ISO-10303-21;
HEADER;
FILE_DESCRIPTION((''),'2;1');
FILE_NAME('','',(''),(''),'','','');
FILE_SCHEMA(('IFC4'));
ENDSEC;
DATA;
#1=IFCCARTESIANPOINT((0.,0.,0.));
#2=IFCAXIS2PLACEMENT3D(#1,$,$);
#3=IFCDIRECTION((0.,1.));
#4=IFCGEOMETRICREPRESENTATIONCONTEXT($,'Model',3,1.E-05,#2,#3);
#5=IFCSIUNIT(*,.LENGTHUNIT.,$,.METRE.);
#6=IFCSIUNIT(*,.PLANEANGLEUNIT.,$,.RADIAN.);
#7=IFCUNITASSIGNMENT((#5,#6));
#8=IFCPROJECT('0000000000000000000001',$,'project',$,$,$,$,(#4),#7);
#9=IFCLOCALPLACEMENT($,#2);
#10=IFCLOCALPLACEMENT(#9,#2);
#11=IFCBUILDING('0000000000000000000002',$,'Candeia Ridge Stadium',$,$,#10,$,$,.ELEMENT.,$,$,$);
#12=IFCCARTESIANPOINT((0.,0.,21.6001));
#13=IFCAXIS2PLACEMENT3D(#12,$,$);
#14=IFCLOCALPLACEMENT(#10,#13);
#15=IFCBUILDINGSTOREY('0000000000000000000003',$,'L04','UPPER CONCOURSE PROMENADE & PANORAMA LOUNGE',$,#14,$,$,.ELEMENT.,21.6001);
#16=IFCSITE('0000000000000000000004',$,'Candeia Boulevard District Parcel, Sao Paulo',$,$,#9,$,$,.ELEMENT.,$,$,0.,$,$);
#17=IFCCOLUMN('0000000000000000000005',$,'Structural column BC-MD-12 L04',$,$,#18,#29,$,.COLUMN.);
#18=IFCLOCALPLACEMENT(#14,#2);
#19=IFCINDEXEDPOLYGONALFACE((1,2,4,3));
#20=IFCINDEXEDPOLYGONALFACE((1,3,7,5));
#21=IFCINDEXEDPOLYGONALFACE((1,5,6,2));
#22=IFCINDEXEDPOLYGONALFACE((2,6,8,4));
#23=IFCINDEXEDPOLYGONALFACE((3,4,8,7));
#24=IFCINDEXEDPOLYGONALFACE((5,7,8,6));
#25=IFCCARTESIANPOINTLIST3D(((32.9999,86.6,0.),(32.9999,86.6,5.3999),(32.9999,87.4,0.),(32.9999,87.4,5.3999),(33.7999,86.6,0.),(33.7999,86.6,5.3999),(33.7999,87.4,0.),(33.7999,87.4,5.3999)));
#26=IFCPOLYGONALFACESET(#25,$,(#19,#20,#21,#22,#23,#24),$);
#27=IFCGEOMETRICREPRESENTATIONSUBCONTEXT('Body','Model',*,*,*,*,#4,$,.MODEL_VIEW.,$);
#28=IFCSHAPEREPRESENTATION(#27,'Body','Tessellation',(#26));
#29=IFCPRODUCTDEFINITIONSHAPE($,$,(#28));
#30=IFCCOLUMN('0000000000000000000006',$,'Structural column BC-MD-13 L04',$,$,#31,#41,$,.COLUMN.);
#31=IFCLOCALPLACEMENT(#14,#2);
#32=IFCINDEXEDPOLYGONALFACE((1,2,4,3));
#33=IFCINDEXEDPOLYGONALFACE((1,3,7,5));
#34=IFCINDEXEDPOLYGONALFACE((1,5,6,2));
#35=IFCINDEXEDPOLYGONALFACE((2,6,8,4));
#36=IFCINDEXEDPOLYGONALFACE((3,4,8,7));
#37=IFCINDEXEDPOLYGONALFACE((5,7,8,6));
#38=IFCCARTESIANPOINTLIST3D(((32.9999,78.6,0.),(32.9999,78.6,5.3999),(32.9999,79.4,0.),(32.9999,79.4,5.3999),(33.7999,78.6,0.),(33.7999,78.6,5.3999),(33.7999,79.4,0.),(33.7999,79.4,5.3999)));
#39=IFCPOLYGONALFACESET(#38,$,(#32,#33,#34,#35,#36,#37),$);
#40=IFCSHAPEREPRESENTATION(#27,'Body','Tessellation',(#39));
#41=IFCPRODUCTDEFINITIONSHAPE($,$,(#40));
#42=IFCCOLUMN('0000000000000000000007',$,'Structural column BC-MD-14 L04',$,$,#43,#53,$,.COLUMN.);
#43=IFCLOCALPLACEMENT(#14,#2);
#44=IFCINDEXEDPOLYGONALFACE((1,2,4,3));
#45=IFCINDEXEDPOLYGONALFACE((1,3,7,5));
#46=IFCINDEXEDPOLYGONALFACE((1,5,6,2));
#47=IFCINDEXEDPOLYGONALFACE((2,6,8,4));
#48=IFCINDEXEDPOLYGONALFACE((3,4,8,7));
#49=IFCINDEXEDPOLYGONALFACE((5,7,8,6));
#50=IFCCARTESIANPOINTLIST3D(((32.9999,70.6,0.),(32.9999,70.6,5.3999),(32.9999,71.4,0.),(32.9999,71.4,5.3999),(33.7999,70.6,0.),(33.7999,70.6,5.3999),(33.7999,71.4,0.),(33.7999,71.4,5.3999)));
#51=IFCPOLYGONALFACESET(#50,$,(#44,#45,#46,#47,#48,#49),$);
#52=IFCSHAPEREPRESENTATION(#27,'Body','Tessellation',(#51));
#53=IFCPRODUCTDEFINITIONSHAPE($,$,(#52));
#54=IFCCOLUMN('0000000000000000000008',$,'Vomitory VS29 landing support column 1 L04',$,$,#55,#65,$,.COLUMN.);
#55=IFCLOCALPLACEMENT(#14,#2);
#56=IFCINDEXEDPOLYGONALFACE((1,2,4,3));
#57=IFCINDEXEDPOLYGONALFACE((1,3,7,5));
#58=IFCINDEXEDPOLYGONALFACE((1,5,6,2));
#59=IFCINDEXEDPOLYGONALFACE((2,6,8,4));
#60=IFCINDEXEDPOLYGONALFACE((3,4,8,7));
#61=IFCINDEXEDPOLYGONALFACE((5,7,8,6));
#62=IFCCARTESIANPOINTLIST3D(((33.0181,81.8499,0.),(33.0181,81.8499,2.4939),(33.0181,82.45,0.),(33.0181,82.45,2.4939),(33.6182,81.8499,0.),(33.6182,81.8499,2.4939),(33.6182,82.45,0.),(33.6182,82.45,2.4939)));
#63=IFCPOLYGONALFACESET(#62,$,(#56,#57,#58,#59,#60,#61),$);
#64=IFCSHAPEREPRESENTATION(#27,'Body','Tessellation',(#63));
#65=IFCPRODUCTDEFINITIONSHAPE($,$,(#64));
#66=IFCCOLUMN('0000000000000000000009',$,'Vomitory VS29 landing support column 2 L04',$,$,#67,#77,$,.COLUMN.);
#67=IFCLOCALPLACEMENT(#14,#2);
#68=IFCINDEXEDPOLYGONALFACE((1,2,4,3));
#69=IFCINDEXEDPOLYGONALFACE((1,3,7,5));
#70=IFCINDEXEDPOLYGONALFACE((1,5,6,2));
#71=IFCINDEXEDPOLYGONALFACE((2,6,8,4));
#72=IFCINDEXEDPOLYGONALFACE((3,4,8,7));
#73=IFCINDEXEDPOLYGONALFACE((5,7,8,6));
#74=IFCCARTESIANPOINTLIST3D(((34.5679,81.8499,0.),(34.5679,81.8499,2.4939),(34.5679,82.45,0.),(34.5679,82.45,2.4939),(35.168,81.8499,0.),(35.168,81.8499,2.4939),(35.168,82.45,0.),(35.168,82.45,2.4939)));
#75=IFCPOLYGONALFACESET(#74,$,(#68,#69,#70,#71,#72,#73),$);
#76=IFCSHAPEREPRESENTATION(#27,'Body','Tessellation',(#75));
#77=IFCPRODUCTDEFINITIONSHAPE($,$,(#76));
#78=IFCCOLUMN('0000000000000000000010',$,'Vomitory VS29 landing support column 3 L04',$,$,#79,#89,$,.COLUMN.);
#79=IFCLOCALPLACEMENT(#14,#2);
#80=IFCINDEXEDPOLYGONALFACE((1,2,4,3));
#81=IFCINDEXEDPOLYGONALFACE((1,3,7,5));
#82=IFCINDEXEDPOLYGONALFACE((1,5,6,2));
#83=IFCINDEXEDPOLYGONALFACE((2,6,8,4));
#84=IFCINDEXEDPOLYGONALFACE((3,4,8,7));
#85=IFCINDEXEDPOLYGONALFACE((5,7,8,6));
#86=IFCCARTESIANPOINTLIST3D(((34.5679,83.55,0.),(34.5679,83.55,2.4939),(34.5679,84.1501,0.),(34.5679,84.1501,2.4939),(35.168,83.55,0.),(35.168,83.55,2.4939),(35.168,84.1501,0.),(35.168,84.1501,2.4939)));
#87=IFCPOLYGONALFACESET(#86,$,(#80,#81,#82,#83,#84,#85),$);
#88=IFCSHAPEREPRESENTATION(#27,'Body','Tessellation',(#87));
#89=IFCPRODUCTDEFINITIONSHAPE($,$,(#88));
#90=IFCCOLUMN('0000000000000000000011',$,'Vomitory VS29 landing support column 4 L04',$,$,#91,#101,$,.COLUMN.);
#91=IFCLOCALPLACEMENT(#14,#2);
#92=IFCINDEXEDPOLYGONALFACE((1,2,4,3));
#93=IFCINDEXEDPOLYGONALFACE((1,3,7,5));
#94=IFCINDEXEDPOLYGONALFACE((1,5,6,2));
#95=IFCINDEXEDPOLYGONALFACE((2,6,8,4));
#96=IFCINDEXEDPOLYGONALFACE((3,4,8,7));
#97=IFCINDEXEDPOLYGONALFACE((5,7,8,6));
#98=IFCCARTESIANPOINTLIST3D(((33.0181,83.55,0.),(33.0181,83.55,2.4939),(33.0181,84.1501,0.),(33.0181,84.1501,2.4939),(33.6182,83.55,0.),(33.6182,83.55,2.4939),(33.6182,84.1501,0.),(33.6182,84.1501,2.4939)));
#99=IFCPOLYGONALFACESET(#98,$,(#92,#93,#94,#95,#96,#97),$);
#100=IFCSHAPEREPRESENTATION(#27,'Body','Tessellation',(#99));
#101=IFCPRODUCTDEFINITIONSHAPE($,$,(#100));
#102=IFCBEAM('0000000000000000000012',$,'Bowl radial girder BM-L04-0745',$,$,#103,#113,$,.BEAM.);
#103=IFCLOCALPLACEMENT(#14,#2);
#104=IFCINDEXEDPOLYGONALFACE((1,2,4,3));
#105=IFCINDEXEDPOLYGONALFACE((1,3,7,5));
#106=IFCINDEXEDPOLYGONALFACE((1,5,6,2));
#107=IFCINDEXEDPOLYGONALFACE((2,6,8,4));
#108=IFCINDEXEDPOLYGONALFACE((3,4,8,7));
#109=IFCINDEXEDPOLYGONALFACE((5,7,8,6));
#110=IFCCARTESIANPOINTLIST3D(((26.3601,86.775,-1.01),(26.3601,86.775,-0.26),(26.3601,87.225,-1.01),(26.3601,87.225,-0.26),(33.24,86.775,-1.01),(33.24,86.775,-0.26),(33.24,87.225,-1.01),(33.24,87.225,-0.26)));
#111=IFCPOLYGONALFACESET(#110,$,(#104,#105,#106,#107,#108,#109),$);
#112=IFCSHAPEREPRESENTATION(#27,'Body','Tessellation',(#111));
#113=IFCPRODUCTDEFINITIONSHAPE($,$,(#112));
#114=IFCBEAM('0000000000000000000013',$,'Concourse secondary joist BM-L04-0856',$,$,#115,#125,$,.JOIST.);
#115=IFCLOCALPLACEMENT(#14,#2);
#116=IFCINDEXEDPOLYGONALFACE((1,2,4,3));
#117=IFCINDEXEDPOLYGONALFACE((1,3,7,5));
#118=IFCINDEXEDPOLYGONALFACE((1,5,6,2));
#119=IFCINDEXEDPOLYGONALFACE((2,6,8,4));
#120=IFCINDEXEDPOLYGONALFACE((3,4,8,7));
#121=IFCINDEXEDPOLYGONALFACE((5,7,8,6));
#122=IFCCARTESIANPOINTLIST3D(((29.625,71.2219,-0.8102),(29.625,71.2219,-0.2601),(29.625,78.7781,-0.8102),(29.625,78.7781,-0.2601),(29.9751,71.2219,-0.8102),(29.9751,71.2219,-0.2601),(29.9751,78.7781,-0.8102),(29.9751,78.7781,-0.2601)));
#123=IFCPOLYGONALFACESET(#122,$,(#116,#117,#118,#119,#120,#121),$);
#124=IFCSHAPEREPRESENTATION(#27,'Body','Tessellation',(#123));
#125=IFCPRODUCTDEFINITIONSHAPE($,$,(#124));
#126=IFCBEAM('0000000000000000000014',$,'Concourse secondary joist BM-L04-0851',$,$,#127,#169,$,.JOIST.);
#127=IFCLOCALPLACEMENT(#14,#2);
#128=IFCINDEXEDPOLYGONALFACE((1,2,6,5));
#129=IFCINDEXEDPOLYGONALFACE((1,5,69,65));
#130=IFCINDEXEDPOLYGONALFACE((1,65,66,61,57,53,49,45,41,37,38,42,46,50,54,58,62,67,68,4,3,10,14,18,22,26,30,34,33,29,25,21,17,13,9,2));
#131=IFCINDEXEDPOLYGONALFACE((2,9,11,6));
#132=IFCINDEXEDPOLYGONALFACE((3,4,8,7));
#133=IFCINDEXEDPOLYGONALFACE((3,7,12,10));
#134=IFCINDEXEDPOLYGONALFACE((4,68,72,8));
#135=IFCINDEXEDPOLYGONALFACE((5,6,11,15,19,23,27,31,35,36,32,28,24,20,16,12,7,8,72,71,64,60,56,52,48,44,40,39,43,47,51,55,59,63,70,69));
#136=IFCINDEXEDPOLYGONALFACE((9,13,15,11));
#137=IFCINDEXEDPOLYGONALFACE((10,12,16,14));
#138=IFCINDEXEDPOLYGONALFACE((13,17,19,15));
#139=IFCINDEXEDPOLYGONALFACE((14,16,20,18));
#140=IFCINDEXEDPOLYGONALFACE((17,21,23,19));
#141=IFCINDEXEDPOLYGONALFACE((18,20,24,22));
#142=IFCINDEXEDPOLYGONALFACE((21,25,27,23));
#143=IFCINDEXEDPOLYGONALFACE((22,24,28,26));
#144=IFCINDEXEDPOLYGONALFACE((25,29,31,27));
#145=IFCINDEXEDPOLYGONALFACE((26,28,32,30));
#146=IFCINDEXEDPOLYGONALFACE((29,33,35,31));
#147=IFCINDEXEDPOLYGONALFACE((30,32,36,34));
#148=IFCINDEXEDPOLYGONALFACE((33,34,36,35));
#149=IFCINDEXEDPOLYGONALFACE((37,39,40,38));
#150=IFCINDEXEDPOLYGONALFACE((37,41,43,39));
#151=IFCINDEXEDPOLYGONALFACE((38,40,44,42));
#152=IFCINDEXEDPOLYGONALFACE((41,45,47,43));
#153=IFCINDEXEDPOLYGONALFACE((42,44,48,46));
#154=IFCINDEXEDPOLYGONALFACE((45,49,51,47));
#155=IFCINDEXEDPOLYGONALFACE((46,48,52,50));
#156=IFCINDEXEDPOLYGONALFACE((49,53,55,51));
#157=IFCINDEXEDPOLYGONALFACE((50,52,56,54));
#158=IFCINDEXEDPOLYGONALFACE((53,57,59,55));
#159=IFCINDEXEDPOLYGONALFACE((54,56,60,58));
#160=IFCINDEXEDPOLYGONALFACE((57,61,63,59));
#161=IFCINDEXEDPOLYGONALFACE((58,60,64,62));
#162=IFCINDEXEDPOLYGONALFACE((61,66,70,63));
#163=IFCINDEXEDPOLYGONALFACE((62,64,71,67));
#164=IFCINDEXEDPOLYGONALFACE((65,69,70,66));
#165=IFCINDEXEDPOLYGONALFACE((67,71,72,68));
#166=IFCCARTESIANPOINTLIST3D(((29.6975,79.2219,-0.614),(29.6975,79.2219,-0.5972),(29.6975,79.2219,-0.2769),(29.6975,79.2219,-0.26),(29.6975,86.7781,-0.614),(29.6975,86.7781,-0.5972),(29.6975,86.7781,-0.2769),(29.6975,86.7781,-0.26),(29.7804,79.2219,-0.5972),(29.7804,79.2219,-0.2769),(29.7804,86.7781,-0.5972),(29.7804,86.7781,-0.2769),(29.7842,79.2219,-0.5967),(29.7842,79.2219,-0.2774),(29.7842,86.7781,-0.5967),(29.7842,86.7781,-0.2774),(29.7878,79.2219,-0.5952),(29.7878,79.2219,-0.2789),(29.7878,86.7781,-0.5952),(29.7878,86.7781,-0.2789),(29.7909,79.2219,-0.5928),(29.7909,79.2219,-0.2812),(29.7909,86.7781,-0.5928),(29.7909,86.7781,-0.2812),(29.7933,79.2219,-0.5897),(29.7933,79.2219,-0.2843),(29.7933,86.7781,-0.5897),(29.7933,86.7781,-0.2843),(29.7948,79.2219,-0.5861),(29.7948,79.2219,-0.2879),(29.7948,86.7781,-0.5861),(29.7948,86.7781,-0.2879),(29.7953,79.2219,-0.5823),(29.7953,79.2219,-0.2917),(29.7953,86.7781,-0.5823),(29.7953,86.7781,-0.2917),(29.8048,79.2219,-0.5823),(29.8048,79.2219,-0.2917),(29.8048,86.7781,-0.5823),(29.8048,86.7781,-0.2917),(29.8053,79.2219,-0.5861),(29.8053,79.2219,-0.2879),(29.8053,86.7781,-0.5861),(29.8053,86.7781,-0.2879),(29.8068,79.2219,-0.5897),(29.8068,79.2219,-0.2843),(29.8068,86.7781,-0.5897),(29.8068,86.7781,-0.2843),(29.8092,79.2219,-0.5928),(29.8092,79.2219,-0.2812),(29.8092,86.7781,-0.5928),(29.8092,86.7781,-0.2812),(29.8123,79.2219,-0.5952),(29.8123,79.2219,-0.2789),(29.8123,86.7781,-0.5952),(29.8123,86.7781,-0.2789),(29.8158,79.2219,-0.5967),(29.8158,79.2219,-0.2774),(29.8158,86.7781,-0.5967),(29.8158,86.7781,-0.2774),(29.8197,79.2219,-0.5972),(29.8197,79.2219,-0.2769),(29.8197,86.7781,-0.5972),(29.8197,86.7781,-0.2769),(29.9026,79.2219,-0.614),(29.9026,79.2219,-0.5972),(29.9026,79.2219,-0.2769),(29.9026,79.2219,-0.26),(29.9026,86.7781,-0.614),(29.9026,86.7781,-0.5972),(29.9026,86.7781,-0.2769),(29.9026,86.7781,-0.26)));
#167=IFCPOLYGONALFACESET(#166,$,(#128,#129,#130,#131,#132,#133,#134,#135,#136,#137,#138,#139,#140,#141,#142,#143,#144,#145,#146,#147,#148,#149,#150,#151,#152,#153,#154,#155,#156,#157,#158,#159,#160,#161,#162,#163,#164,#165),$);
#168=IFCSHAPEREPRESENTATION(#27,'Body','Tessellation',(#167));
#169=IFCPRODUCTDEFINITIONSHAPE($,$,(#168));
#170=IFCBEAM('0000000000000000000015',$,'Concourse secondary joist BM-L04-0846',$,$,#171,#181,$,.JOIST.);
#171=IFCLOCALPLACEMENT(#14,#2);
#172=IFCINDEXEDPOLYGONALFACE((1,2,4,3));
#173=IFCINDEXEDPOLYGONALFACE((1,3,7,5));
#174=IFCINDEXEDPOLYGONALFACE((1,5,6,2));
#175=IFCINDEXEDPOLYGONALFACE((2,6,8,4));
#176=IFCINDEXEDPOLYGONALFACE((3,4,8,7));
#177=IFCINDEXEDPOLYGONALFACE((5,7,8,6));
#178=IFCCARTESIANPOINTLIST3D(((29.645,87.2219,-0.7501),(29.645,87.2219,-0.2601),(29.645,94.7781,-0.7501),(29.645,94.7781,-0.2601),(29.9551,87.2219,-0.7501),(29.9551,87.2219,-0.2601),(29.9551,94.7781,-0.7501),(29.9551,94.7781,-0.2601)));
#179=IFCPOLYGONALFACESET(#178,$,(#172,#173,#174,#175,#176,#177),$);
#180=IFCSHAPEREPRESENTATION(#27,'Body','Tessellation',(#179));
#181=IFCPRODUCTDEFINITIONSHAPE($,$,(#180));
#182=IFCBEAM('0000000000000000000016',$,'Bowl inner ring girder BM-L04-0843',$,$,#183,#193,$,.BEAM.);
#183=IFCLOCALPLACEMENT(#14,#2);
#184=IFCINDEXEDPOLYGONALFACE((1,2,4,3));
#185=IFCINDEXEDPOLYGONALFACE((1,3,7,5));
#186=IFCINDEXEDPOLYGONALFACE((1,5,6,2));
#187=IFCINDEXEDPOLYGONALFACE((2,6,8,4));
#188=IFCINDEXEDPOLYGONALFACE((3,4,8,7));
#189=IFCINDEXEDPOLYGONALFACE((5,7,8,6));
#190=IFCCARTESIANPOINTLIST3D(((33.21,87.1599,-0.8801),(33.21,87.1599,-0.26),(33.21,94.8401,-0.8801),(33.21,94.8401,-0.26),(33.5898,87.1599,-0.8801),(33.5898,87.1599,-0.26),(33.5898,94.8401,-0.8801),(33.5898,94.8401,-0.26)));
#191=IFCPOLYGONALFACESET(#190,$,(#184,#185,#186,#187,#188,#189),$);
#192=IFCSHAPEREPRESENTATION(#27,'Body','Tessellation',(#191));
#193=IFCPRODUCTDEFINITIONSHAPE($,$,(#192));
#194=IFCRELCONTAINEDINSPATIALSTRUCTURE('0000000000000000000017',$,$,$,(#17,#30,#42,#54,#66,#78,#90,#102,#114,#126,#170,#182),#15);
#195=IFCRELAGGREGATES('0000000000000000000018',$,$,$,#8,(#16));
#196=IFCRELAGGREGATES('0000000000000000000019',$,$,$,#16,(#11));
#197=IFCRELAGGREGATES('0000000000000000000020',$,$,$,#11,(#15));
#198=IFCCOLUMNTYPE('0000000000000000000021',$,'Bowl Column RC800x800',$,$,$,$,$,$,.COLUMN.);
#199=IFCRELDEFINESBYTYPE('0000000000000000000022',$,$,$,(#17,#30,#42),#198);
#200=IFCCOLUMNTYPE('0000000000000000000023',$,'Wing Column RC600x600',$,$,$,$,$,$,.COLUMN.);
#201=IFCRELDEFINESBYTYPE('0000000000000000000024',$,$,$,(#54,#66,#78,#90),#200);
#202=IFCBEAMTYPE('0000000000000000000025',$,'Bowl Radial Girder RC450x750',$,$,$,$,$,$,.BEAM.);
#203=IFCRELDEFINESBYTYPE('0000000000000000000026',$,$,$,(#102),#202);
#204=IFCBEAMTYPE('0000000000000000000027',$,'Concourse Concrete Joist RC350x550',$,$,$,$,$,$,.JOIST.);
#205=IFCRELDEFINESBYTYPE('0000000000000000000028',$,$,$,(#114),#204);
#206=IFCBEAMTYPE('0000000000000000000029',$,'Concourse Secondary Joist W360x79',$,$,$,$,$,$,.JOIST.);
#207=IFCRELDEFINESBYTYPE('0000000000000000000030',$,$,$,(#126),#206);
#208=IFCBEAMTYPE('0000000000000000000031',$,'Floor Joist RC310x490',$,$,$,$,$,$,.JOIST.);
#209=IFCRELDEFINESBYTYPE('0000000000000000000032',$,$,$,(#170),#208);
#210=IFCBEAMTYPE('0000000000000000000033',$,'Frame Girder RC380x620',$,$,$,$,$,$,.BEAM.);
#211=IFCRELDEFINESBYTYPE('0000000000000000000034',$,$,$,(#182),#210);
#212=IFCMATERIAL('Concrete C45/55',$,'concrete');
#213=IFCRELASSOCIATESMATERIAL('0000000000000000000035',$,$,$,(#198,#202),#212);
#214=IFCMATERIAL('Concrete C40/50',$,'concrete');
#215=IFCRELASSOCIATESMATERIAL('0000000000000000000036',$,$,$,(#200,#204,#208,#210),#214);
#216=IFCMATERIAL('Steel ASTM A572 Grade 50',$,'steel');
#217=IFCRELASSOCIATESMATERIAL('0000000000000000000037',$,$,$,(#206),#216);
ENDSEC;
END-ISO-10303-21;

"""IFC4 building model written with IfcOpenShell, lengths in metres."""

from ifc_helpers import new_model, si_unit, direction, frame, origin, origin_2d, place, context, subcontext, project, spatial, rectangle, i_section, extrude, material, material_profile, profile_set, type_object, element, save


model = new_model("IFC4")

# Units and contexts
model_context = context("Model", 3, precision=1e-05, world=origin(), true_north=direction((0.0, 1.0)))
body_context = subcontext(model_context, "Body", "Model", "MODEL_VIEW")
ifc_project = project(units=[si_unit("LENGTHUNIT", "METRE"), si_unit("PLANEANGLEUNIT", "RADIAN")], contexts=[model_context])

# Site, building, storey
site_placement = place(None, origin())
site = spatial("IfcSite", under=ifc_project, at=site_placement, Name="Candeia Boulevard District Parcel, Sao Paulo", CompositionType="ELEMENT", RefElevation=0.0)
building_placement = place(site_placement, origin())
building = spatial("IfcBuilding", under=site, at=building_placement, Name="Candeia Ridge Stadium", CompositionType="ELEMENT")
storey_placement = place(building_placement, frame((0.0, 0.0, 21.6001)))
storey = spatial("IfcBuildingStorey", under=building, at=storey_placement, Name="L04", Description="UPPER CONCOURSE PROMENADE & PANORAMA LOUNGE", CompositionType="ELEMENT", Elevation=21.6001)

# Columns
ifc_material_1 = material(Name="Concrete C45/55", Category="concrete")
ifc_material_profile_1 = material_profile(ifc_material_1, rectangle(XDim=0.8, YDim=0.8, at=origin_2d()), Name="RC800x800", Category="concrete")
ifc_profile_set_1 = profile_set([ifc_material_profile_1], Name="Concrete C45/55")
column_type_1 = type_object("IfcColumnType", Name="Bowl Column RC800x800", PredefinedType="COLUMN", material=ifc_profile_set_1)
for number, where, z_axis, x_axis, name in (
    (1, (33.3999, 87.0, 0.0), (0.0, 0.0, 1.0), (1.0, 0.0, 0.0), "Structural column BC-MD-12 L04"),
    (2, (33.3999, 79.0, 0.0), (0.0, 0.0, 1.0), (1.0, 0.0, 0.0), "Structural column BC-MD-13 L04"),
    (3, (33.3999, 71.0, 0.0), (0.0, 0.0, 1.0), (1.0, 0.0, 0.0), "Structural column BC-MD-14 L04"),
):
    element("IfcColumn", number, at=place(storey_placement, frame(where, z_axis=z_axis, x_axis=x_axis)), inside=storey, type_object=column_type_1, Name=name, PredefinedType="COLUMN", context=body_context, shape_type="SweptSolid", body=[
        extrude(rectangle(XDim=0.8, YDim=0.8, at=origin_2d()), origin(), (0.0, 0.0, 1.0), 5.3999),
    ])
ifc_material_2 = material(Name="Concrete C40/50", Category="concrete")
ifc_material_profile_2 = material_profile(ifc_material_2, rectangle(XDim=0.6001, YDim=0.6001, at=origin_2d()), Name="RC600x600", Category="concrete")
ifc_profile_set_2 = profile_set([ifc_material_profile_2], Name="Concrete C40/50")
column_type_2 = type_object("IfcColumnType", Name="Wing Column RC600x600", PredefinedType="COLUMN", material=ifc_profile_set_2)
for number, where, z_axis, x_axis, name in (
    (4, (33.3181, 82.1499, 0.0), (0.0, 0.0, 1.0), (1.0, 0.0, 0.0), "Vomitory VS29 landing support column 1 L04"),
    (5, (34.8679, 82.1499, 0.0), (0.0, 0.0, 1.0), (1.0, 0.0, 0.0), "Vomitory VS29 landing support column 2 L04"),
    (6, (34.8679, 83.8501, 0.0), (0.0, 0.0, 1.0), (1.0, 0.0, 0.0), "Vomitory VS29 landing support column 3 L04"),
    (7, (33.3181, 83.8501, 0.0), (0.0, 0.0, 1.0), (1.0, 0.0, 0.0), "Vomitory VS29 landing support column 4 L04"),
):
    element("IfcColumn", number, at=place(storey_placement, frame(where, z_axis=z_axis, x_axis=x_axis)), inside=storey, type_object=column_type_2, Name=name, PredefinedType="COLUMN", context=body_context, shape_type="SweptSolid", body=[
        extrude(rectangle(XDim=0.6001, YDim=0.6001, at=origin_2d()), origin(), (0.0, 0.0, 1.0), 2.4939),
    ])

# Beams
ifc_material_profile_3 = material_profile(ifc_material_1, rectangle(XDim=0.45, YDim=0.75, at=origin_2d()), Name="RC450x750", Category="concrete")
ifc_profile_set_3 = profile_set([ifc_material_profile_3], Name="Concrete C45/55")
beam_type_1 = type_object("IfcBeamType", Name="Bowl Radial Girder RC450x750", PredefinedType="BEAM", material=ifc_profile_set_3)
beam_1_placement = place(storey_placement, frame((33.24, 87.0, -0.635), z_axis=(-1.0, 0.0, 0.0), x_axis=(0.0, -1.0, 0.0)))
element("IfcBeam", 8, at=beam_1_placement, inside=storey, type_object=beam_type_1, Name="Bowl radial girder BM-L04-0745", PredefinedType="BEAM", context=body_context, shape_type="SweptSolid", body=[
    extrude(rectangle(XDim=0.45, YDim=0.75, at=origin_2d()), origin(), (0.0, 0.0, 1.0), 6.8799),
])
ifc_material_profile_4 = material_profile(ifc_material_2, rectangle(XDim=0.3501, YDim=0.55, at=origin_2d()), Name="RC350x550", Category="concrete")
ifc_profile_set_4 = profile_set([ifc_material_profile_4], Name="Concrete C40/50")
beam_type_2 = type_object("IfcBeamType", Name="Concourse Concrete Joist RC350x550", PredefinedType="JOIST", material=ifc_profile_set_4)
beam_2_placement = place(storey_placement, frame((29.8, 78.7781, -0.5352), z_axis=(0.0, -1.0, 0.0), x_axis=(1.0, 0.0, 0.0)))
element("IfcBeam", 9, at=beam_2_placement, inside=storey, type_object=beam_type_2, Name="Concourse secondary joist BM-L04-0856", PredefinedType="JOIST", context=body_context, shape_type="SweptSolid", body=[
    extrude(rectangle(XDim=0.3501, YDim=0.55, at=origin_2d()), origin(), (0.0, 0.0, 1.0), 7.5562),
])
ifc_material_3 = material(Name="Steel ASTM A572 Grade 50", Category="steel")
ifc_material_profile_5 = material_profile(ifc_material_3, i_section(OverallWidth=0.2051, OverallDepth=0.354, WebThickness=0.0095, FlangeThickness=0.0168, FilletRadius=0.0149, at=origin_2d()), Name="W360x79", Category="steel")
ifc_profile_set_5 = profile_set([ifc_material_profile_5], Name="Steel ASTM A572 Grade 50")
beam_type_3 = type_object("IfcBeamType", Name="Concourse Secondary Joist W360x79", PredefinedType="JOIST", material=ifc_profile_set_5)
beam_3_placement = place(storey_placement, frame((29.8, 86.7781, -0.437), z_axis=(0.0, -1.0, 0.0), x_axis=(1.0, 0.0, 0.0)))
element("IfcBeam", 10, at=beam_3_placement, inside=storey, type_object=beam_type_3, Name="Concourse secondary joist BM-L04-0851", PredefinedType="JOIST", context=body_context, shape_type="SweptSolid", body=[
    extrude(i_section(OverallWidth=0.2051, OverallDepth=0.354, WebThickness=0.0095, FlangeThickness=0.0168, FilletRadius=0.0149, at=origin_2d()), origin(), (0.0, 0.0, 1.0), 7.5562),
])
ifc_material_profile_6 = material_profile(ifc_material_2, rectangle(XDim=0.3101, YDim=0.49, at=origin_2d()), Name="RC310x490", Category="concrete")
ifc_profile_set_6 = profile_set([ifc_material_profile_6], Name="Concrete C40/50")
beam_type_4 = type_object("IfcBeamType", Name="Floor Joist RC310x490", PredefinedType="JOIST", material=ifc_profile_set_6)
beam_4_placement = place(storey_placement, frame((29.8, 94.7781, -0.5051), z_axis=(0.0, -1.0, 0.0), x_axis=(1.0, 0.0, 0.0)))
element("IfcBeam", 11, at=beam_4_placement, inside=storey, type_object=beam_type_4, Name="Concourse secondary joist BM-L04-0846", PredefinedType="JOIST", context=body_context, shape_type="SweptSolid", body=[
    extrude(rectangle(XDim=0.3101, YDim=0.49, at=origin_2d()), origin(), (0.0, 0.0, 1.0), 7.5562),
])
ifc_material_profile_7 = material_profile(ifc_material_2, rectangle(XDim=0.3799, YDim=0.6201, at=origin_2d()), Name="RC380x620", Category="concrete")
ifc_profile_set_7 = profile_set([ifc_material_profile_7], Name="Concrete C40/50")
beam_type_5 = type_object("IfcBeamType", Name="Frame Girder RC380x620", PredefinedType="BEAM", material=ifc_profile_set_7)
for number, where, z_axis, x_axis, name in (
    (12, (33.3999, 94.8401, -0.5701), (0.0, -1.0, 0.0), (1.0, 0.0, 0.0), "Bowl inner ring girder BM-L04-0843"),
):
    element("IfcBeam", number, at=place(storey_placement, frame(where, z_axis=z_axis, x_axis=x_axis)), inside=storey, type_object=beam_type_5, Name=name, PredefinedType="BEAM", context=body_context, shape_type="SweptSolid", body=[
        extrude(rectangle(XDim=0.3799, YDim=0.6201, at=origin_2d()), origin(), (0.0, 0.0, 1.0), 7.6802),
    ])

save(model, "model.ifc")
